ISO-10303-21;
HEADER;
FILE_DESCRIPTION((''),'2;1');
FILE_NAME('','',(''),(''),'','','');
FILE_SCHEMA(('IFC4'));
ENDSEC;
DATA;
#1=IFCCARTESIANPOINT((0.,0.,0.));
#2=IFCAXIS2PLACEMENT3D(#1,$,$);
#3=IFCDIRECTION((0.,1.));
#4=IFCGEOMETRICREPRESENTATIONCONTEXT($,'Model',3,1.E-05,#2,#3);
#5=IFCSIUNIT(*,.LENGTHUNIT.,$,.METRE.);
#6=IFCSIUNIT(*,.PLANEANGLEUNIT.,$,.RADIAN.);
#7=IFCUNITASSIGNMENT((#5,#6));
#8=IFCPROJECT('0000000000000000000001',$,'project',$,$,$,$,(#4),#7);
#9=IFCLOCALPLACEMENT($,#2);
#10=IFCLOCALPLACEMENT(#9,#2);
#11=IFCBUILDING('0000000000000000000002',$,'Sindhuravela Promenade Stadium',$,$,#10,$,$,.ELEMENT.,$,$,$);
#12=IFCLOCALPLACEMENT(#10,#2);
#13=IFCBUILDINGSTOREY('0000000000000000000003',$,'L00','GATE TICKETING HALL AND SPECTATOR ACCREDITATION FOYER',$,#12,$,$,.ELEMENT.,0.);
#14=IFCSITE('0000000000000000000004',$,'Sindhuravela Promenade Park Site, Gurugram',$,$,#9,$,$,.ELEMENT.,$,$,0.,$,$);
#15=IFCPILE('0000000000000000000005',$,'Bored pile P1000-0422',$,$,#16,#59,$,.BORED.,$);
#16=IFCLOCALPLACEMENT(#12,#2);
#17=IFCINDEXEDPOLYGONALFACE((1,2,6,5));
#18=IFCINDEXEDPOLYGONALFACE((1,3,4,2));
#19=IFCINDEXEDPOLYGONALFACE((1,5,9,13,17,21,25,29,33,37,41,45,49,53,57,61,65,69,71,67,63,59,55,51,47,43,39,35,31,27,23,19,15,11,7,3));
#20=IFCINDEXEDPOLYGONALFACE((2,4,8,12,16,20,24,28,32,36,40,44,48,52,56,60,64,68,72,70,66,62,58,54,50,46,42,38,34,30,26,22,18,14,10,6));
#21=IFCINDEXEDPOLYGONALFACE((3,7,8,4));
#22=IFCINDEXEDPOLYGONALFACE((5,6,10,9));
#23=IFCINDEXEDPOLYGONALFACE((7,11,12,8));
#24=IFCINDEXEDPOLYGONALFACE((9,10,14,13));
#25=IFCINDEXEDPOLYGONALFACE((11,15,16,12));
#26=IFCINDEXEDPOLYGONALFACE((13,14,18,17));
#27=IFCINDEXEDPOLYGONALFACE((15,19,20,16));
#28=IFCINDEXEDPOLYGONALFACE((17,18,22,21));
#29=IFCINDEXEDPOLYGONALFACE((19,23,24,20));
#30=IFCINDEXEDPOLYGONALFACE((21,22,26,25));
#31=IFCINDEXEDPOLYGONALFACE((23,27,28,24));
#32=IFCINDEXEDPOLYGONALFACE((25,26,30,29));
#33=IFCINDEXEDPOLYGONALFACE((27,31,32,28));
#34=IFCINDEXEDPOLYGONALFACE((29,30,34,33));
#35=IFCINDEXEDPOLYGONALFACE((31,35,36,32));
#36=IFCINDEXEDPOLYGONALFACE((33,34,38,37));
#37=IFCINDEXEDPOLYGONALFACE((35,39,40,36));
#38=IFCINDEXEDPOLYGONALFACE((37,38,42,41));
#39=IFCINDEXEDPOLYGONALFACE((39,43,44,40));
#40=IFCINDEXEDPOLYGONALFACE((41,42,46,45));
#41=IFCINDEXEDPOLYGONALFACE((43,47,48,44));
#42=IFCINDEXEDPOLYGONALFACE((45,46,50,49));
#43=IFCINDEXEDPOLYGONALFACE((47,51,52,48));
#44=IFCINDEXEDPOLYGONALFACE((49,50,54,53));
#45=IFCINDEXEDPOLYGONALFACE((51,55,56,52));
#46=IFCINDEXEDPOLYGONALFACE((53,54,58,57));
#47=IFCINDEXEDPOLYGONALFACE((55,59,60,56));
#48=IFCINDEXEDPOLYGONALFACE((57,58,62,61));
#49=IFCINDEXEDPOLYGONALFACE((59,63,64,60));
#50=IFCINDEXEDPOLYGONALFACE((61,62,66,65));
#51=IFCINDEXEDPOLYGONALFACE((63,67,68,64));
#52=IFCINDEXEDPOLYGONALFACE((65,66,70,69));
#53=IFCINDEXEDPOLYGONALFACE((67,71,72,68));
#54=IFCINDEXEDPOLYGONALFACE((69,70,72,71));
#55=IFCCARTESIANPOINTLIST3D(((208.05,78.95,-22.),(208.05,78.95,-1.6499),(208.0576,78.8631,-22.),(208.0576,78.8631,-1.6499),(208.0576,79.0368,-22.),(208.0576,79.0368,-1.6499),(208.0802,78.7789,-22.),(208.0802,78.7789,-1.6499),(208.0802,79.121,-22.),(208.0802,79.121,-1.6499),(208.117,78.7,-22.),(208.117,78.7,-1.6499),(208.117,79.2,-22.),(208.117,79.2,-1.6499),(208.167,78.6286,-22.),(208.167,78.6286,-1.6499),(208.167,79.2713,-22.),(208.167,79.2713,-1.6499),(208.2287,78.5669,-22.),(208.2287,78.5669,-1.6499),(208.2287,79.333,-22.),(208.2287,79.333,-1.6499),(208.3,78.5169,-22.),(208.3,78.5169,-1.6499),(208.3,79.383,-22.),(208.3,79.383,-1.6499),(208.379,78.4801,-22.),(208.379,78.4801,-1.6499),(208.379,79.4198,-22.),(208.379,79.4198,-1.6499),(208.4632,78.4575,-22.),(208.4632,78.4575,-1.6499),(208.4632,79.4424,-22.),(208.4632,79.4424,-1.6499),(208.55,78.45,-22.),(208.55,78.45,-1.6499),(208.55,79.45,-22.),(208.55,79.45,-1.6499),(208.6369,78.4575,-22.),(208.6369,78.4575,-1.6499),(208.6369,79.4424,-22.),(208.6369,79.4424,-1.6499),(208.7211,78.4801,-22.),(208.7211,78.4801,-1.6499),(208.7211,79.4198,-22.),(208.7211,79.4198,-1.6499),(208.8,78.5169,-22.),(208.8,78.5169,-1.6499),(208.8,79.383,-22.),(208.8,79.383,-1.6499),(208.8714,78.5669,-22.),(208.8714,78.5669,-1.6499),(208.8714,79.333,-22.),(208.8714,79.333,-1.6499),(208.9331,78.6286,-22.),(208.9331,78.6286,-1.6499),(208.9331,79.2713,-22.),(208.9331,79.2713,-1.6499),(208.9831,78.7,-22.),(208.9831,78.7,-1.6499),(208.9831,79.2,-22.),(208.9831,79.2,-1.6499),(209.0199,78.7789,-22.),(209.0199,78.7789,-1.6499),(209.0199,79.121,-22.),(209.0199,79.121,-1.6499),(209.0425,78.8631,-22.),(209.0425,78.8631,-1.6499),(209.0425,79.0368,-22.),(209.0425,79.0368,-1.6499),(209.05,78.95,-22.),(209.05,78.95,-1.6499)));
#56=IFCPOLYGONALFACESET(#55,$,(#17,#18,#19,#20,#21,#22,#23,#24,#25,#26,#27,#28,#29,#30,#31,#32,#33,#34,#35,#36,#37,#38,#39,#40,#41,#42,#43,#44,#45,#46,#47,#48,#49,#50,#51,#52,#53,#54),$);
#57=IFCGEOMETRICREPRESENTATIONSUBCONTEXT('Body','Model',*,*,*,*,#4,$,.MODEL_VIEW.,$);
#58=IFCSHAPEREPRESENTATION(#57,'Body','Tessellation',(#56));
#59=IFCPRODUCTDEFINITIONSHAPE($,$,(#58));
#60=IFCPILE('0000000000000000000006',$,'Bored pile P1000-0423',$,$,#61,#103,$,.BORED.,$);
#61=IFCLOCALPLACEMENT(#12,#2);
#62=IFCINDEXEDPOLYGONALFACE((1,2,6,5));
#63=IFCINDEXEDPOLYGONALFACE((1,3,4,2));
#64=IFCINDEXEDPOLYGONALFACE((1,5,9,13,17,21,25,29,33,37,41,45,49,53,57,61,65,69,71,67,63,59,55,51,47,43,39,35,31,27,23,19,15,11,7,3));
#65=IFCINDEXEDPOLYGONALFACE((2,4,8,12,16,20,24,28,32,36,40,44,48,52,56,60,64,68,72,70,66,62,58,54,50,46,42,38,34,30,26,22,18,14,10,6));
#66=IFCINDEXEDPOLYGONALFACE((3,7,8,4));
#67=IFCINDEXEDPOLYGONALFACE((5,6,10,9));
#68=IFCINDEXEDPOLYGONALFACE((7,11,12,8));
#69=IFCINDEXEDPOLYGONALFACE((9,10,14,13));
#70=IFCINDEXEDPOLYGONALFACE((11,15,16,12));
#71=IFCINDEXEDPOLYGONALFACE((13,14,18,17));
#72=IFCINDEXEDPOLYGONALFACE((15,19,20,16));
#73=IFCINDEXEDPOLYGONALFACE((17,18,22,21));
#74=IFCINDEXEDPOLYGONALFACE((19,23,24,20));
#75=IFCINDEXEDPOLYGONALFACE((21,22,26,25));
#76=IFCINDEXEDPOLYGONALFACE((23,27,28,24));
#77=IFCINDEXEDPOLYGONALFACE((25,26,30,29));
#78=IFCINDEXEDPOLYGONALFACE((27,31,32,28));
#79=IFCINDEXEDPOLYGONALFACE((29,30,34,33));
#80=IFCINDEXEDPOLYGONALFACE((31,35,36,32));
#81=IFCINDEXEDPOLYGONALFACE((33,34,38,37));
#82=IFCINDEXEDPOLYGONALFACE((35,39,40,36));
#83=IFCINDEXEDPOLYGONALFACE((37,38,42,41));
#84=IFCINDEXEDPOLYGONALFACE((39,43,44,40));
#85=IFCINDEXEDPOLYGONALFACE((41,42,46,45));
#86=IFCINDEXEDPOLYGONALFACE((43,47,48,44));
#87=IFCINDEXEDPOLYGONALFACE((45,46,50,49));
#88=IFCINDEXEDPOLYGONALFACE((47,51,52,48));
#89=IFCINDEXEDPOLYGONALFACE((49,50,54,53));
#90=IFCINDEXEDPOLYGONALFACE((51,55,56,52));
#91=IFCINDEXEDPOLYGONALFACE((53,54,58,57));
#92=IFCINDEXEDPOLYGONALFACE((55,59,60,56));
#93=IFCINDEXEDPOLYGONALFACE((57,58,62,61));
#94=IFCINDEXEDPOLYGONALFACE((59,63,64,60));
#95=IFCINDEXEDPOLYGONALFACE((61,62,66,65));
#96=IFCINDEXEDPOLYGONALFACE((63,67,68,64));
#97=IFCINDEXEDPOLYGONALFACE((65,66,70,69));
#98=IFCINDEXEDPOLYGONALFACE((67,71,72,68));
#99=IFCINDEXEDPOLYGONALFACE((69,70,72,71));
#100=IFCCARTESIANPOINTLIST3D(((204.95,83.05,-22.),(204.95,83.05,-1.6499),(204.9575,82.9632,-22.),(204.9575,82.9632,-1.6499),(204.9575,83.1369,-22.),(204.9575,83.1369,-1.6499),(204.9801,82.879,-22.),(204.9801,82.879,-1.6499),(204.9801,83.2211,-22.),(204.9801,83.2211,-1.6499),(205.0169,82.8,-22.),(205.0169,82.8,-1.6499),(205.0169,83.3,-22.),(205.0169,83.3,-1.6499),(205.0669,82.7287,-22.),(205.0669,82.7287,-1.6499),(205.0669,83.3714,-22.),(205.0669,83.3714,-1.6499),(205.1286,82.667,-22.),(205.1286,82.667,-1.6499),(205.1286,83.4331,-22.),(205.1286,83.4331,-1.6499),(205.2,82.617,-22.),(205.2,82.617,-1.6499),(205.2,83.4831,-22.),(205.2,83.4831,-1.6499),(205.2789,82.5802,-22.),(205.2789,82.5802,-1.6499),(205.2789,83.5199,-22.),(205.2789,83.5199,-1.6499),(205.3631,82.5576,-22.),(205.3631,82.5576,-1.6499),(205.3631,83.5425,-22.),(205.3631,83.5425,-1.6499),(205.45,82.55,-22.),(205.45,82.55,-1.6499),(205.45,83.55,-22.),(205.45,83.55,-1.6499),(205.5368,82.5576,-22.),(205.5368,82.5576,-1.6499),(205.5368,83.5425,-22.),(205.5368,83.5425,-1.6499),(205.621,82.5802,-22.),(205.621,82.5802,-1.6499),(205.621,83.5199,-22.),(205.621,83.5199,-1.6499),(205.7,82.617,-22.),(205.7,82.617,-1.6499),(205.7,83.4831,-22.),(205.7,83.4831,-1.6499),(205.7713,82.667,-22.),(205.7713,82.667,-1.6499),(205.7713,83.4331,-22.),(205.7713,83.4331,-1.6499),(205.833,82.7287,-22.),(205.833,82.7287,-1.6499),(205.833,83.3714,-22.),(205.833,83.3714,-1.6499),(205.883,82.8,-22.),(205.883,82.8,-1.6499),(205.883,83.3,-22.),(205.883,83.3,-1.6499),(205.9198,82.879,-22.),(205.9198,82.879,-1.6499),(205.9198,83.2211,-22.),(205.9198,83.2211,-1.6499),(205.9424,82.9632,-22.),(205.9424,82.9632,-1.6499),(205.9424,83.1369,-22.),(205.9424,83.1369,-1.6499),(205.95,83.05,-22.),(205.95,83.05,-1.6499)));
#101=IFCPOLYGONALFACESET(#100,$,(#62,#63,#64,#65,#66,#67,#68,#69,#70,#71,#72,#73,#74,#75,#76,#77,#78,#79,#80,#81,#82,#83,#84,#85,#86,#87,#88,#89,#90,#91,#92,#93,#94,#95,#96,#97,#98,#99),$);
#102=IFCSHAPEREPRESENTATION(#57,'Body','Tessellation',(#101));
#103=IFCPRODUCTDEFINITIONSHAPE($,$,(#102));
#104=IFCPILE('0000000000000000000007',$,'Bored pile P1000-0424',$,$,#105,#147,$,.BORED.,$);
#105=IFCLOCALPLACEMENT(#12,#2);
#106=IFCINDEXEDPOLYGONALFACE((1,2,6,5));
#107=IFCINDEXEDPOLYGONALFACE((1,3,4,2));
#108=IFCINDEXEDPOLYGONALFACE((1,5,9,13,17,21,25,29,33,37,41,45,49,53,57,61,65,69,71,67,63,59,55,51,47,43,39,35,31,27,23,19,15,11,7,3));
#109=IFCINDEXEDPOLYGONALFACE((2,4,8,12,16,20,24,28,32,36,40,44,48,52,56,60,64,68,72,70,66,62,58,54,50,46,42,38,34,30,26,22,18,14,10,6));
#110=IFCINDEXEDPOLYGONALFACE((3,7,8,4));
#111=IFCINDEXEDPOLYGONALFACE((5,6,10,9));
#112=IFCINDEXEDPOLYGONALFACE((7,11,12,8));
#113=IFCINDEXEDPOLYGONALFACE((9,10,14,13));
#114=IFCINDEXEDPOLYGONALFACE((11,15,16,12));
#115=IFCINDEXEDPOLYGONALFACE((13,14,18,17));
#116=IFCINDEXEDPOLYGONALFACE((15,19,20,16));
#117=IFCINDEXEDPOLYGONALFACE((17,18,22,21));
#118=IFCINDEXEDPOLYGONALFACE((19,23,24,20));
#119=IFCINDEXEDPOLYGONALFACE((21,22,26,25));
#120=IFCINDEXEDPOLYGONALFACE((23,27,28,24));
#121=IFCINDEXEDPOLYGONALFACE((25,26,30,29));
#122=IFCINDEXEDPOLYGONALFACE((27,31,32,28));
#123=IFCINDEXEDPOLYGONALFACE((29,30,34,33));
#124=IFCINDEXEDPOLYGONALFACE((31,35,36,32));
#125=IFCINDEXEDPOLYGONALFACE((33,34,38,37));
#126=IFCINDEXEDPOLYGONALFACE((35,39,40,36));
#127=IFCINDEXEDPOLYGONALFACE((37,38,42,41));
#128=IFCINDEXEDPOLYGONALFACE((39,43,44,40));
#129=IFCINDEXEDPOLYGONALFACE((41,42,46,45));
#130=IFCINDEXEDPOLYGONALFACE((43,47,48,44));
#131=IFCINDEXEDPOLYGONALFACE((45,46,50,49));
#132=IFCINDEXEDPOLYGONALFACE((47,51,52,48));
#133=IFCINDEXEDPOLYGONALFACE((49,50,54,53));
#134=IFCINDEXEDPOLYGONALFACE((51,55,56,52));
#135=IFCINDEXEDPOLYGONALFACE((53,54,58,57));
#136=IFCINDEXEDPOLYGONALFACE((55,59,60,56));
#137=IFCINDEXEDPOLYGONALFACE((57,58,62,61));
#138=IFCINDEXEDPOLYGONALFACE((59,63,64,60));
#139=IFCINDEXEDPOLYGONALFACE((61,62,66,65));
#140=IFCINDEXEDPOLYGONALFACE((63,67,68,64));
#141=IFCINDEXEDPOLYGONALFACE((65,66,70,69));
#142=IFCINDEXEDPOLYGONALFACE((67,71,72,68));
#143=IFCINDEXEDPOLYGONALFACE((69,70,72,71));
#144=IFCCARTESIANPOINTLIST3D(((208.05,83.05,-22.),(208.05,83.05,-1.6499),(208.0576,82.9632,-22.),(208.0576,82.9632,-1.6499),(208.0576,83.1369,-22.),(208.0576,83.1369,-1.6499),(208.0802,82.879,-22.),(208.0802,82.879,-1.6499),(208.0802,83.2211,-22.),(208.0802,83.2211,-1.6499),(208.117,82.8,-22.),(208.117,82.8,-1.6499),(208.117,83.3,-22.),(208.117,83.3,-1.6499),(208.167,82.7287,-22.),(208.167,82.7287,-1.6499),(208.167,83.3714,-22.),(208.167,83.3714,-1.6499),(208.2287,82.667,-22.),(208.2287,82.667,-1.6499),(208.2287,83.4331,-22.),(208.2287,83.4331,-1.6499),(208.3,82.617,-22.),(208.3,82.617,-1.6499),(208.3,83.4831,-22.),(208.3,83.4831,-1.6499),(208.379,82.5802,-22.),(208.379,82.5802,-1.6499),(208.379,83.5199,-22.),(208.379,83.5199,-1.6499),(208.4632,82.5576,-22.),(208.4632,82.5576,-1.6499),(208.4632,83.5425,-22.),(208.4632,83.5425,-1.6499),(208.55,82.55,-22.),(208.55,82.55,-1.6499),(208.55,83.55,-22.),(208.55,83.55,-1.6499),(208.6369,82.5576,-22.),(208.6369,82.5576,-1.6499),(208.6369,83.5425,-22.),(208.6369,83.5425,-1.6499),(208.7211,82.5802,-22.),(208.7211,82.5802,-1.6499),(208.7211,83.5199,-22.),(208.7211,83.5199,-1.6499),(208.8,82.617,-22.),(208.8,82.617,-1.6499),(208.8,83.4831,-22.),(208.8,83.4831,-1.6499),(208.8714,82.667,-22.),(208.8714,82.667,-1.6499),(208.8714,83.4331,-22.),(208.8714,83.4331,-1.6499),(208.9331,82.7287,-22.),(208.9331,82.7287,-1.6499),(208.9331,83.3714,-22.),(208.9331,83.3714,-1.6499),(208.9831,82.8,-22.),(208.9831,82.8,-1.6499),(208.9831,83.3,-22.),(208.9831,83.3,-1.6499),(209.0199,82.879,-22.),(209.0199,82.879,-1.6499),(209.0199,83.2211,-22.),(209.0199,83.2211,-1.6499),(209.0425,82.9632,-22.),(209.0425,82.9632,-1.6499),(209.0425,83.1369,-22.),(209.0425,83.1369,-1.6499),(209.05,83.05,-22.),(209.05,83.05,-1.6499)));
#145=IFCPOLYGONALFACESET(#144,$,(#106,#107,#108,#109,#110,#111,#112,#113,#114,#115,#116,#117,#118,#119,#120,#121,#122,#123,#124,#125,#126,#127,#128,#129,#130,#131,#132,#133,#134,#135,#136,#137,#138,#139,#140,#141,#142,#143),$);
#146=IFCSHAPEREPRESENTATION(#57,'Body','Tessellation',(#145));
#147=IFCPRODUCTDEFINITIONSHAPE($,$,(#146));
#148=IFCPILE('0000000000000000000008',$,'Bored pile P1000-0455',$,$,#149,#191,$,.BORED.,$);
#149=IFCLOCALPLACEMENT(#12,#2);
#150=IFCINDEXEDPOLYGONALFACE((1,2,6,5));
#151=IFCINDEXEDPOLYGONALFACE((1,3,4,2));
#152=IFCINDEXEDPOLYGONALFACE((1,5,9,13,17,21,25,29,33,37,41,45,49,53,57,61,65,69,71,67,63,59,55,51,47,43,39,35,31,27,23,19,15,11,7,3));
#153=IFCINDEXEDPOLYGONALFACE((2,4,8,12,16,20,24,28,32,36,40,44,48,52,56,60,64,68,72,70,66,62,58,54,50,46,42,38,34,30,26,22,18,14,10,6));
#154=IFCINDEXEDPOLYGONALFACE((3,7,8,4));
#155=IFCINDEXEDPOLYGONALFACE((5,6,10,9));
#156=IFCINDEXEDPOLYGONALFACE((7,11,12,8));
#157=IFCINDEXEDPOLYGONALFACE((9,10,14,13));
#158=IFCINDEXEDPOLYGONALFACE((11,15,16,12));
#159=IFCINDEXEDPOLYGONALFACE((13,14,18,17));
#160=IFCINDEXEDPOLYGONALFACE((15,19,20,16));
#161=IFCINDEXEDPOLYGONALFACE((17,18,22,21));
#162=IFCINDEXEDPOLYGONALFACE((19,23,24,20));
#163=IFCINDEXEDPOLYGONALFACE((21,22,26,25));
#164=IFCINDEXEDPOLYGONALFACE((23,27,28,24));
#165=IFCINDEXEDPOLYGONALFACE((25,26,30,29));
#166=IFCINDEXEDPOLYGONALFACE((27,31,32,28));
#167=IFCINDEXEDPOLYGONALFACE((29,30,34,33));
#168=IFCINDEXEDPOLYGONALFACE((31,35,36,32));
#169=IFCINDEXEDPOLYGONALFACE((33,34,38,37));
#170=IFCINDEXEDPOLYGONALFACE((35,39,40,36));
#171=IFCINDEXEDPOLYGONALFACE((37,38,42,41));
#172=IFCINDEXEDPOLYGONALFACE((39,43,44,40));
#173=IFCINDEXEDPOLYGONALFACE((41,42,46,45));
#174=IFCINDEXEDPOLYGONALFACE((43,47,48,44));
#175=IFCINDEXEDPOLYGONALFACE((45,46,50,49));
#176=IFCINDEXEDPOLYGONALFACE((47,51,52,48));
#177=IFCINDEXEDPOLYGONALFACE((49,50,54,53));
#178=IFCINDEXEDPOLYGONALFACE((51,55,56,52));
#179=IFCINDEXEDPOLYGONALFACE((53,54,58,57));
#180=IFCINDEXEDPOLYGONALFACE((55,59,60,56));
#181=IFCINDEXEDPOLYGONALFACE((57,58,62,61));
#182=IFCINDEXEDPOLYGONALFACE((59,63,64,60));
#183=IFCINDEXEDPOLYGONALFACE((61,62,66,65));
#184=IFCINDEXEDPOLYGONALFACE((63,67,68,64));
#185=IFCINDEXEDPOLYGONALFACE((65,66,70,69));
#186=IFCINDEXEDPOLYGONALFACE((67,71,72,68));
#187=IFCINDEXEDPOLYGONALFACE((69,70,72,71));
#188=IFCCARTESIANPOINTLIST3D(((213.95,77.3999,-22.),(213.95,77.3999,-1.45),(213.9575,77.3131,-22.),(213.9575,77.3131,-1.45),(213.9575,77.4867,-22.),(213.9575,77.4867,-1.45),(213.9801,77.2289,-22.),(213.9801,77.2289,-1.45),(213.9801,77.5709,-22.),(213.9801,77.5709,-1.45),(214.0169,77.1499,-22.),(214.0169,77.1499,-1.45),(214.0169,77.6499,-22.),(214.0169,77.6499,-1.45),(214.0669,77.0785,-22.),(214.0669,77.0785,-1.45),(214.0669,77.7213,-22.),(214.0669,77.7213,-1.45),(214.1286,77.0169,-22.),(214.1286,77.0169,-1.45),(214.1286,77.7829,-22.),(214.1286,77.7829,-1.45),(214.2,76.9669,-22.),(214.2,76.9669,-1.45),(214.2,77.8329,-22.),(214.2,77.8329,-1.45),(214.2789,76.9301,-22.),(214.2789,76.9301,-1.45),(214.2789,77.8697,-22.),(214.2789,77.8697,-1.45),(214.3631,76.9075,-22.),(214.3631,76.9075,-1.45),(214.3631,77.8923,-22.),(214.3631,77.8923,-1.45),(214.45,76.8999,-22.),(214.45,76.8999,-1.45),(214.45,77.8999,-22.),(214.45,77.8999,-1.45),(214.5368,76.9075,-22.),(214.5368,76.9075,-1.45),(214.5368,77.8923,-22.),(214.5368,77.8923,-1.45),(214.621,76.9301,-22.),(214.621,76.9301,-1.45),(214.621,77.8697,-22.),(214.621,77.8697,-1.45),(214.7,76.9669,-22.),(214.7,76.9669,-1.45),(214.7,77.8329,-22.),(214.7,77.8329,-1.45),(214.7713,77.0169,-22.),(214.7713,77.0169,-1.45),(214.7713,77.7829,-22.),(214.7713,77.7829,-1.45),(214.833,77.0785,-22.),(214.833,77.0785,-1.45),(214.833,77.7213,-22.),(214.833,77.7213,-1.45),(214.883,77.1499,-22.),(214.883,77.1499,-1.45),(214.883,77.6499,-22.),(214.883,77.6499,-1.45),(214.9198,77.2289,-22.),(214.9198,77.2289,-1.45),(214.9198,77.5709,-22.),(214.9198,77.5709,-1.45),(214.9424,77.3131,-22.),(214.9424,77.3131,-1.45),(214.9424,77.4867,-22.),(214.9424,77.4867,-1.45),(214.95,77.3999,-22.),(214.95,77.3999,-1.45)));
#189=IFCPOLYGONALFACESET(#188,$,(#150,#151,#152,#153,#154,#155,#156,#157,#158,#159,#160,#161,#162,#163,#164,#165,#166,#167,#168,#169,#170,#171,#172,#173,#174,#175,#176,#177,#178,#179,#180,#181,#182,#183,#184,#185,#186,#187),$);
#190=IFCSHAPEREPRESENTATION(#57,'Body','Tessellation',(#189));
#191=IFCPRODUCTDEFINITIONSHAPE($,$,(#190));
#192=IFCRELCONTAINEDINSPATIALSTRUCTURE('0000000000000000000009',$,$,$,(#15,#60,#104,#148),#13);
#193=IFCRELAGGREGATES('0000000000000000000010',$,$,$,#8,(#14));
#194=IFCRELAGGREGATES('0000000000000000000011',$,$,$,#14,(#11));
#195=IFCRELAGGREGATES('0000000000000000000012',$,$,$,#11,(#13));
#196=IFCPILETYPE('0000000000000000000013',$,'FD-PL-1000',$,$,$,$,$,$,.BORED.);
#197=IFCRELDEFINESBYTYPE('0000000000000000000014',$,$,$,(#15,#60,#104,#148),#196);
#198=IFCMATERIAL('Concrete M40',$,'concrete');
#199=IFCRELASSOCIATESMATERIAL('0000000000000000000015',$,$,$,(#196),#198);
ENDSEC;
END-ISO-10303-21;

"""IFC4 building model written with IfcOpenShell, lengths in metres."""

from ifc_helpers import new_model, si_unit, direction, frame, origin, origin_2d, place, context, subcontext, project, spatial, circle, extrude, material, material_profile, profile_set, type_object, element, save


model = new_model("IFC4")

# Units and contexts
model_context = context("Model", 3, precision=1e-05, world=origin(), true_north=direction((0.0, 1.0)))
body_context = subcontext(model_context, "Body", "Model", "MODEL_VIEW")
ifc_project = project(units=[si_unit("LENGTHUNIT", "METRE"), si_unit("PLANEANGLEUNIT", "RADIAN")], contexts=[model_context])

# Site, building, storey
site_placement = place(None, origin())
site = spatial("IfcSite", under=ifc_project, at=site_placement, Name="Sindhuravela Promenade Park Site, Gurugram", CompositionType="ELEMENT", RefElevation=0.0)
building_placement = place(site_placement, origin())
building = spatial("IfcBuilding", under=site, at=building_placement, Name="Sindhuravela Promenade Stadium", CompositionType="ELEMENT")
storey_placement = place(building_placement, origin())
storey = spatial("IfcBuildingStorey", under=building, at=storey_placement, Name="L00", Description="GATE TICKETING HALL AND SPECTATOR ACCREDITATION FOYER", CompositionType="ELEMENT", Elevation=0.0)

# Piles
ifc_material_1 = material(Name="Concrete M40", Category="concrete")
ifc_material_profile_1 = material_profile(ifc_material_1, circle(Radius=0.5, at=origin_2d()), Name="BORED PILE D1000")
ifc_profile_set_1 = profile_set([ifc_material_profile_1], Name="Concrete M40")
pile_type = type_object("IfcPileType", Name="FD-PL-1000", PredefinedType="BORED", material=ifc_profile_set_1)
for number, where, z_axis, x_axis, name in (
    (1, (208.55, 78.95, -1.6499), (0.0, 0.0, -1.0), (1.0, 0.0, 0.0), "Bored pile P1000-0422"),
    (2, (205.45, 83.05, -1.6499), (0.0, 0.0, -1.0), (1.0, 0.0, 0.0), "Bored pile P1000-0423"),
    (3, (208.55, 83.05, -1.6499), (0.0, 0.0, -1.0), (1.0, 0.0, 0.0), "Bored pile P1000-0424"),
):
    element("IfcPile", number, at=place(storey_placement, frame(where, z_axis=z_axis, x_axis=x_axis)), inside=storey, type_object=pile_type, Name=name, PredefinedType="BORED", context=body_context, shape_type="SweptSolid", body=[
        extrude(circle(Radius=0.5, at=origin_2d()), origin(), (0.0, 0.0, 1.0), 20.3501),
    ])
for number, where, z_axis, x_axis, name in (
    (4, (214.45, 77.3999, -1.45), (0.0, 0.0, -1.0), (1.0, 0.0, 0.0), "Bored pile P1000-0455"),
):
    element("IfcPile", number, at=place(storey_placement, frame(where, z_axis=z_axis, x_axis=x_axis)), inside=storey, type_object=pile_type, Name=name, PredefinedType="BORED", context=body_context, shape_type="SweptSolid", body=[
        extrude(circle(Radius=0.5, at=origin_2d()), origin(), (0.0, 0.0, 1.0), 20.55),
    ])

save(model, "model.ifc")
